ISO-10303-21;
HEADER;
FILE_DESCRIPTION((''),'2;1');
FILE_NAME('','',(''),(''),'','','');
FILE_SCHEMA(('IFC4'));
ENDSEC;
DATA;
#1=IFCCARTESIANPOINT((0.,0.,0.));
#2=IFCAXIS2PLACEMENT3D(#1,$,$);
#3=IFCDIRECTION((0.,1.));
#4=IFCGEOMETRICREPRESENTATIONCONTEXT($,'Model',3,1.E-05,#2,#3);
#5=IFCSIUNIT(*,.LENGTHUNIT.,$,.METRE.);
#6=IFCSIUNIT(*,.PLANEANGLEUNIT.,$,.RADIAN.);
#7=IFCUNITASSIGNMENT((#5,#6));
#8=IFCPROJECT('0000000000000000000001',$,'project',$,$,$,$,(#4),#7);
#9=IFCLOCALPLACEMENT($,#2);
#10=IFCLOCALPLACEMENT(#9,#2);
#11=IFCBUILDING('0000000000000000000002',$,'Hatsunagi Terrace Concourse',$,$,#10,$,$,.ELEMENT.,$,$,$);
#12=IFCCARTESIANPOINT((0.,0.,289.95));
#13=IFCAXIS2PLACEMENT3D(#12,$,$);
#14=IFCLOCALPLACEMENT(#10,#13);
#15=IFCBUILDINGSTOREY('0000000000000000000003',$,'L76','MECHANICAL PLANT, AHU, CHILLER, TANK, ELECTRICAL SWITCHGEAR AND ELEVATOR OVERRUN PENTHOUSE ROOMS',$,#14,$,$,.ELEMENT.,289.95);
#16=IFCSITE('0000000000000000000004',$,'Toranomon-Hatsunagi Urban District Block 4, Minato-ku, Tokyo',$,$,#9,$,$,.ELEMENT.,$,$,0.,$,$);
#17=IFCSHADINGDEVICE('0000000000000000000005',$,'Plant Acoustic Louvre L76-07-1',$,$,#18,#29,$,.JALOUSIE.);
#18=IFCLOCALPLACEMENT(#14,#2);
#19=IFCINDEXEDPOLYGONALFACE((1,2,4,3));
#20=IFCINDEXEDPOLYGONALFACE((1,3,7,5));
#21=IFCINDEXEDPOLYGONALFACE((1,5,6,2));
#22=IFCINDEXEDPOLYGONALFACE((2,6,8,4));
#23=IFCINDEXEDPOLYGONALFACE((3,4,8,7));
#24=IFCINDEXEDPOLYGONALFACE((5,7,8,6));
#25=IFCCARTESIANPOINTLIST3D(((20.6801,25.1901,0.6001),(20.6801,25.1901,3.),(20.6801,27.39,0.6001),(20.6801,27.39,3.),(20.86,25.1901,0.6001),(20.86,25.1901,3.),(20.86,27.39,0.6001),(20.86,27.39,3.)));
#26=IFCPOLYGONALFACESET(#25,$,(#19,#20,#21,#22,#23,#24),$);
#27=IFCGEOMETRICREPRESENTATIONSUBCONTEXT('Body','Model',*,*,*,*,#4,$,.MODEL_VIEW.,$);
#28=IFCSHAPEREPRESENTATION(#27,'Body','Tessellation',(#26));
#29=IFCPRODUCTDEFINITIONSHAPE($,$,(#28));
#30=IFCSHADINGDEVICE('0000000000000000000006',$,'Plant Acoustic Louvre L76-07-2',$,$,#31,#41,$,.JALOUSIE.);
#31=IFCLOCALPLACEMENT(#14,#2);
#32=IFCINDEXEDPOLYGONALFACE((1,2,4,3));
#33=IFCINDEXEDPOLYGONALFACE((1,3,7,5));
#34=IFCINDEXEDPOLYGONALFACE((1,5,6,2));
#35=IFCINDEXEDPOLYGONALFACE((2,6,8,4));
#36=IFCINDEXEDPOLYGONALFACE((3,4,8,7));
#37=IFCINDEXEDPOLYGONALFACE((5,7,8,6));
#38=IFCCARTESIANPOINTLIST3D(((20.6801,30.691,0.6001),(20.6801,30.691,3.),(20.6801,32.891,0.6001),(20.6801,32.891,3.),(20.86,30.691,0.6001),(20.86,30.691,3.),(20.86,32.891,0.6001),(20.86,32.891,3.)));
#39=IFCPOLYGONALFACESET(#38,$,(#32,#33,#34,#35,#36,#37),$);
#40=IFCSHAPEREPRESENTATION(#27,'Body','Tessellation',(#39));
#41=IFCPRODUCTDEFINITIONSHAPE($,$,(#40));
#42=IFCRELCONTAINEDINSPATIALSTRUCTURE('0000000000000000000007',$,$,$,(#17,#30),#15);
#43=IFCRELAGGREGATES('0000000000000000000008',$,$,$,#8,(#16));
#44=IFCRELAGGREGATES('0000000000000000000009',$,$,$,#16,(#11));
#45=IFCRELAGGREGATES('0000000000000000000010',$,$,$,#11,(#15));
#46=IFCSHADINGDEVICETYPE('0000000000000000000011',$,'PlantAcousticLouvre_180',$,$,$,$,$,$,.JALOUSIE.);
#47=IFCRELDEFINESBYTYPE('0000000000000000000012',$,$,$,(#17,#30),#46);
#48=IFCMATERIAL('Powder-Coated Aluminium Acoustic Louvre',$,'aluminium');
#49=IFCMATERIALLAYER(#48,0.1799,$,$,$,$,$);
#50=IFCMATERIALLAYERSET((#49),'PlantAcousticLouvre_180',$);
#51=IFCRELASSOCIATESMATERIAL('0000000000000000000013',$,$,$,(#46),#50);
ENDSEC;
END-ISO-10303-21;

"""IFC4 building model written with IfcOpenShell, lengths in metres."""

from ifc_helpers import new_model, si_unit, direction, frame, origin, origin_2d, place, context, subcontext, project, spatial, rectangle, extrude, material, layer, layer_set, type_object, element, save


model = new_model("IFC4")

# Units and contexts
model_context = context("Model", 3, precision=1e-05, world=origin(), true_north=direction((0.0, 1.0)))
body_context = subcontext(model_context, "Body", "Model", "MODEL_VIEW")
ifc_project = project(units=[si_unit("LENGTHUNIT", "METRE"), si_unit("PLANEANGLEUNIT", "RADIAN")], contexts=[model_context])

# Site, building, storey
site_placement = place(None, origin())
site = spatial("IfcSite", under=ifc_project, at=site_placement, Name="Toranomon-Hatsunagi Urban District Block 4, Minato-ku, Tokyo", CompositionType="ELEMENT", RefElevation=0.0)
building_placement = place(site_placement, origin())
building = spatial("IfcBuilding", under=site, at=building_placement, Name="Hatsunagi Terrace Concourse", CompositionType="ELEMENT")
storey_placement = place(building_placement, frame((0.0, 0.0, 289.95)))
storey = spatial("IfcBuildingStorey", under=building, at=storey_placement, Name="L76", Description="MECHANICAL PLANT, AHU, CHILLER, TANK, ELECTRICAL SWITCHGEAR AND ELEVATOR OVERRUN PENTHOUSE ROOMS", CompositionType="ELEMENT", Elevation=289.95)

# Shading devices
ifc_material_1 = material(Name="Powder-Coated Aluminium Acoustic Louvre", Category="aluminium")
ifc_layer_1 = layer(ifc_material_1, 0.1799)
ifc_layer_set_1 = layer_set([ifc_layer_1], Name="PlantAcousticLouvre_180")
shading_device_type = type_object("IfcShadingDeviceType", Name="PlantAcousticLouvre_180", PredefinedType="JALOUSIE", material=ifc_layer_set_1)
for number, where, z_axis, x_axis, name in (
    (1, (20.77, 26.29, 0.6001), (0.0, 0.0, 1.0), (0.0, 1.0, 0.0), "Plant Acoustic Louvre L76-07-1"),
    (2, (20.77, 31.791, 0.6001), (0.0, 0.0, 1.0), (0.0, 1.0, 0.0), "Plant Acoustic Louvre L76-07-2"),
):
    element("IfcShadingDevice", number, at=place(storey_placement, frame(where, z_axis=z_axis, x_axis=x_axis)), inside=storey, type_object=shading_device_type, Name=name, PredefinedType="JALOUSIE", context=body_context, shape_type="SweptSolid", body=[
        extrude(rectangle(XDim=2.2, YDim=0.1799, at=origin_2d()), origin(), (0.0, 0.0, 1.0), 2.3999),
    ])

save(model, "model.ifc")
